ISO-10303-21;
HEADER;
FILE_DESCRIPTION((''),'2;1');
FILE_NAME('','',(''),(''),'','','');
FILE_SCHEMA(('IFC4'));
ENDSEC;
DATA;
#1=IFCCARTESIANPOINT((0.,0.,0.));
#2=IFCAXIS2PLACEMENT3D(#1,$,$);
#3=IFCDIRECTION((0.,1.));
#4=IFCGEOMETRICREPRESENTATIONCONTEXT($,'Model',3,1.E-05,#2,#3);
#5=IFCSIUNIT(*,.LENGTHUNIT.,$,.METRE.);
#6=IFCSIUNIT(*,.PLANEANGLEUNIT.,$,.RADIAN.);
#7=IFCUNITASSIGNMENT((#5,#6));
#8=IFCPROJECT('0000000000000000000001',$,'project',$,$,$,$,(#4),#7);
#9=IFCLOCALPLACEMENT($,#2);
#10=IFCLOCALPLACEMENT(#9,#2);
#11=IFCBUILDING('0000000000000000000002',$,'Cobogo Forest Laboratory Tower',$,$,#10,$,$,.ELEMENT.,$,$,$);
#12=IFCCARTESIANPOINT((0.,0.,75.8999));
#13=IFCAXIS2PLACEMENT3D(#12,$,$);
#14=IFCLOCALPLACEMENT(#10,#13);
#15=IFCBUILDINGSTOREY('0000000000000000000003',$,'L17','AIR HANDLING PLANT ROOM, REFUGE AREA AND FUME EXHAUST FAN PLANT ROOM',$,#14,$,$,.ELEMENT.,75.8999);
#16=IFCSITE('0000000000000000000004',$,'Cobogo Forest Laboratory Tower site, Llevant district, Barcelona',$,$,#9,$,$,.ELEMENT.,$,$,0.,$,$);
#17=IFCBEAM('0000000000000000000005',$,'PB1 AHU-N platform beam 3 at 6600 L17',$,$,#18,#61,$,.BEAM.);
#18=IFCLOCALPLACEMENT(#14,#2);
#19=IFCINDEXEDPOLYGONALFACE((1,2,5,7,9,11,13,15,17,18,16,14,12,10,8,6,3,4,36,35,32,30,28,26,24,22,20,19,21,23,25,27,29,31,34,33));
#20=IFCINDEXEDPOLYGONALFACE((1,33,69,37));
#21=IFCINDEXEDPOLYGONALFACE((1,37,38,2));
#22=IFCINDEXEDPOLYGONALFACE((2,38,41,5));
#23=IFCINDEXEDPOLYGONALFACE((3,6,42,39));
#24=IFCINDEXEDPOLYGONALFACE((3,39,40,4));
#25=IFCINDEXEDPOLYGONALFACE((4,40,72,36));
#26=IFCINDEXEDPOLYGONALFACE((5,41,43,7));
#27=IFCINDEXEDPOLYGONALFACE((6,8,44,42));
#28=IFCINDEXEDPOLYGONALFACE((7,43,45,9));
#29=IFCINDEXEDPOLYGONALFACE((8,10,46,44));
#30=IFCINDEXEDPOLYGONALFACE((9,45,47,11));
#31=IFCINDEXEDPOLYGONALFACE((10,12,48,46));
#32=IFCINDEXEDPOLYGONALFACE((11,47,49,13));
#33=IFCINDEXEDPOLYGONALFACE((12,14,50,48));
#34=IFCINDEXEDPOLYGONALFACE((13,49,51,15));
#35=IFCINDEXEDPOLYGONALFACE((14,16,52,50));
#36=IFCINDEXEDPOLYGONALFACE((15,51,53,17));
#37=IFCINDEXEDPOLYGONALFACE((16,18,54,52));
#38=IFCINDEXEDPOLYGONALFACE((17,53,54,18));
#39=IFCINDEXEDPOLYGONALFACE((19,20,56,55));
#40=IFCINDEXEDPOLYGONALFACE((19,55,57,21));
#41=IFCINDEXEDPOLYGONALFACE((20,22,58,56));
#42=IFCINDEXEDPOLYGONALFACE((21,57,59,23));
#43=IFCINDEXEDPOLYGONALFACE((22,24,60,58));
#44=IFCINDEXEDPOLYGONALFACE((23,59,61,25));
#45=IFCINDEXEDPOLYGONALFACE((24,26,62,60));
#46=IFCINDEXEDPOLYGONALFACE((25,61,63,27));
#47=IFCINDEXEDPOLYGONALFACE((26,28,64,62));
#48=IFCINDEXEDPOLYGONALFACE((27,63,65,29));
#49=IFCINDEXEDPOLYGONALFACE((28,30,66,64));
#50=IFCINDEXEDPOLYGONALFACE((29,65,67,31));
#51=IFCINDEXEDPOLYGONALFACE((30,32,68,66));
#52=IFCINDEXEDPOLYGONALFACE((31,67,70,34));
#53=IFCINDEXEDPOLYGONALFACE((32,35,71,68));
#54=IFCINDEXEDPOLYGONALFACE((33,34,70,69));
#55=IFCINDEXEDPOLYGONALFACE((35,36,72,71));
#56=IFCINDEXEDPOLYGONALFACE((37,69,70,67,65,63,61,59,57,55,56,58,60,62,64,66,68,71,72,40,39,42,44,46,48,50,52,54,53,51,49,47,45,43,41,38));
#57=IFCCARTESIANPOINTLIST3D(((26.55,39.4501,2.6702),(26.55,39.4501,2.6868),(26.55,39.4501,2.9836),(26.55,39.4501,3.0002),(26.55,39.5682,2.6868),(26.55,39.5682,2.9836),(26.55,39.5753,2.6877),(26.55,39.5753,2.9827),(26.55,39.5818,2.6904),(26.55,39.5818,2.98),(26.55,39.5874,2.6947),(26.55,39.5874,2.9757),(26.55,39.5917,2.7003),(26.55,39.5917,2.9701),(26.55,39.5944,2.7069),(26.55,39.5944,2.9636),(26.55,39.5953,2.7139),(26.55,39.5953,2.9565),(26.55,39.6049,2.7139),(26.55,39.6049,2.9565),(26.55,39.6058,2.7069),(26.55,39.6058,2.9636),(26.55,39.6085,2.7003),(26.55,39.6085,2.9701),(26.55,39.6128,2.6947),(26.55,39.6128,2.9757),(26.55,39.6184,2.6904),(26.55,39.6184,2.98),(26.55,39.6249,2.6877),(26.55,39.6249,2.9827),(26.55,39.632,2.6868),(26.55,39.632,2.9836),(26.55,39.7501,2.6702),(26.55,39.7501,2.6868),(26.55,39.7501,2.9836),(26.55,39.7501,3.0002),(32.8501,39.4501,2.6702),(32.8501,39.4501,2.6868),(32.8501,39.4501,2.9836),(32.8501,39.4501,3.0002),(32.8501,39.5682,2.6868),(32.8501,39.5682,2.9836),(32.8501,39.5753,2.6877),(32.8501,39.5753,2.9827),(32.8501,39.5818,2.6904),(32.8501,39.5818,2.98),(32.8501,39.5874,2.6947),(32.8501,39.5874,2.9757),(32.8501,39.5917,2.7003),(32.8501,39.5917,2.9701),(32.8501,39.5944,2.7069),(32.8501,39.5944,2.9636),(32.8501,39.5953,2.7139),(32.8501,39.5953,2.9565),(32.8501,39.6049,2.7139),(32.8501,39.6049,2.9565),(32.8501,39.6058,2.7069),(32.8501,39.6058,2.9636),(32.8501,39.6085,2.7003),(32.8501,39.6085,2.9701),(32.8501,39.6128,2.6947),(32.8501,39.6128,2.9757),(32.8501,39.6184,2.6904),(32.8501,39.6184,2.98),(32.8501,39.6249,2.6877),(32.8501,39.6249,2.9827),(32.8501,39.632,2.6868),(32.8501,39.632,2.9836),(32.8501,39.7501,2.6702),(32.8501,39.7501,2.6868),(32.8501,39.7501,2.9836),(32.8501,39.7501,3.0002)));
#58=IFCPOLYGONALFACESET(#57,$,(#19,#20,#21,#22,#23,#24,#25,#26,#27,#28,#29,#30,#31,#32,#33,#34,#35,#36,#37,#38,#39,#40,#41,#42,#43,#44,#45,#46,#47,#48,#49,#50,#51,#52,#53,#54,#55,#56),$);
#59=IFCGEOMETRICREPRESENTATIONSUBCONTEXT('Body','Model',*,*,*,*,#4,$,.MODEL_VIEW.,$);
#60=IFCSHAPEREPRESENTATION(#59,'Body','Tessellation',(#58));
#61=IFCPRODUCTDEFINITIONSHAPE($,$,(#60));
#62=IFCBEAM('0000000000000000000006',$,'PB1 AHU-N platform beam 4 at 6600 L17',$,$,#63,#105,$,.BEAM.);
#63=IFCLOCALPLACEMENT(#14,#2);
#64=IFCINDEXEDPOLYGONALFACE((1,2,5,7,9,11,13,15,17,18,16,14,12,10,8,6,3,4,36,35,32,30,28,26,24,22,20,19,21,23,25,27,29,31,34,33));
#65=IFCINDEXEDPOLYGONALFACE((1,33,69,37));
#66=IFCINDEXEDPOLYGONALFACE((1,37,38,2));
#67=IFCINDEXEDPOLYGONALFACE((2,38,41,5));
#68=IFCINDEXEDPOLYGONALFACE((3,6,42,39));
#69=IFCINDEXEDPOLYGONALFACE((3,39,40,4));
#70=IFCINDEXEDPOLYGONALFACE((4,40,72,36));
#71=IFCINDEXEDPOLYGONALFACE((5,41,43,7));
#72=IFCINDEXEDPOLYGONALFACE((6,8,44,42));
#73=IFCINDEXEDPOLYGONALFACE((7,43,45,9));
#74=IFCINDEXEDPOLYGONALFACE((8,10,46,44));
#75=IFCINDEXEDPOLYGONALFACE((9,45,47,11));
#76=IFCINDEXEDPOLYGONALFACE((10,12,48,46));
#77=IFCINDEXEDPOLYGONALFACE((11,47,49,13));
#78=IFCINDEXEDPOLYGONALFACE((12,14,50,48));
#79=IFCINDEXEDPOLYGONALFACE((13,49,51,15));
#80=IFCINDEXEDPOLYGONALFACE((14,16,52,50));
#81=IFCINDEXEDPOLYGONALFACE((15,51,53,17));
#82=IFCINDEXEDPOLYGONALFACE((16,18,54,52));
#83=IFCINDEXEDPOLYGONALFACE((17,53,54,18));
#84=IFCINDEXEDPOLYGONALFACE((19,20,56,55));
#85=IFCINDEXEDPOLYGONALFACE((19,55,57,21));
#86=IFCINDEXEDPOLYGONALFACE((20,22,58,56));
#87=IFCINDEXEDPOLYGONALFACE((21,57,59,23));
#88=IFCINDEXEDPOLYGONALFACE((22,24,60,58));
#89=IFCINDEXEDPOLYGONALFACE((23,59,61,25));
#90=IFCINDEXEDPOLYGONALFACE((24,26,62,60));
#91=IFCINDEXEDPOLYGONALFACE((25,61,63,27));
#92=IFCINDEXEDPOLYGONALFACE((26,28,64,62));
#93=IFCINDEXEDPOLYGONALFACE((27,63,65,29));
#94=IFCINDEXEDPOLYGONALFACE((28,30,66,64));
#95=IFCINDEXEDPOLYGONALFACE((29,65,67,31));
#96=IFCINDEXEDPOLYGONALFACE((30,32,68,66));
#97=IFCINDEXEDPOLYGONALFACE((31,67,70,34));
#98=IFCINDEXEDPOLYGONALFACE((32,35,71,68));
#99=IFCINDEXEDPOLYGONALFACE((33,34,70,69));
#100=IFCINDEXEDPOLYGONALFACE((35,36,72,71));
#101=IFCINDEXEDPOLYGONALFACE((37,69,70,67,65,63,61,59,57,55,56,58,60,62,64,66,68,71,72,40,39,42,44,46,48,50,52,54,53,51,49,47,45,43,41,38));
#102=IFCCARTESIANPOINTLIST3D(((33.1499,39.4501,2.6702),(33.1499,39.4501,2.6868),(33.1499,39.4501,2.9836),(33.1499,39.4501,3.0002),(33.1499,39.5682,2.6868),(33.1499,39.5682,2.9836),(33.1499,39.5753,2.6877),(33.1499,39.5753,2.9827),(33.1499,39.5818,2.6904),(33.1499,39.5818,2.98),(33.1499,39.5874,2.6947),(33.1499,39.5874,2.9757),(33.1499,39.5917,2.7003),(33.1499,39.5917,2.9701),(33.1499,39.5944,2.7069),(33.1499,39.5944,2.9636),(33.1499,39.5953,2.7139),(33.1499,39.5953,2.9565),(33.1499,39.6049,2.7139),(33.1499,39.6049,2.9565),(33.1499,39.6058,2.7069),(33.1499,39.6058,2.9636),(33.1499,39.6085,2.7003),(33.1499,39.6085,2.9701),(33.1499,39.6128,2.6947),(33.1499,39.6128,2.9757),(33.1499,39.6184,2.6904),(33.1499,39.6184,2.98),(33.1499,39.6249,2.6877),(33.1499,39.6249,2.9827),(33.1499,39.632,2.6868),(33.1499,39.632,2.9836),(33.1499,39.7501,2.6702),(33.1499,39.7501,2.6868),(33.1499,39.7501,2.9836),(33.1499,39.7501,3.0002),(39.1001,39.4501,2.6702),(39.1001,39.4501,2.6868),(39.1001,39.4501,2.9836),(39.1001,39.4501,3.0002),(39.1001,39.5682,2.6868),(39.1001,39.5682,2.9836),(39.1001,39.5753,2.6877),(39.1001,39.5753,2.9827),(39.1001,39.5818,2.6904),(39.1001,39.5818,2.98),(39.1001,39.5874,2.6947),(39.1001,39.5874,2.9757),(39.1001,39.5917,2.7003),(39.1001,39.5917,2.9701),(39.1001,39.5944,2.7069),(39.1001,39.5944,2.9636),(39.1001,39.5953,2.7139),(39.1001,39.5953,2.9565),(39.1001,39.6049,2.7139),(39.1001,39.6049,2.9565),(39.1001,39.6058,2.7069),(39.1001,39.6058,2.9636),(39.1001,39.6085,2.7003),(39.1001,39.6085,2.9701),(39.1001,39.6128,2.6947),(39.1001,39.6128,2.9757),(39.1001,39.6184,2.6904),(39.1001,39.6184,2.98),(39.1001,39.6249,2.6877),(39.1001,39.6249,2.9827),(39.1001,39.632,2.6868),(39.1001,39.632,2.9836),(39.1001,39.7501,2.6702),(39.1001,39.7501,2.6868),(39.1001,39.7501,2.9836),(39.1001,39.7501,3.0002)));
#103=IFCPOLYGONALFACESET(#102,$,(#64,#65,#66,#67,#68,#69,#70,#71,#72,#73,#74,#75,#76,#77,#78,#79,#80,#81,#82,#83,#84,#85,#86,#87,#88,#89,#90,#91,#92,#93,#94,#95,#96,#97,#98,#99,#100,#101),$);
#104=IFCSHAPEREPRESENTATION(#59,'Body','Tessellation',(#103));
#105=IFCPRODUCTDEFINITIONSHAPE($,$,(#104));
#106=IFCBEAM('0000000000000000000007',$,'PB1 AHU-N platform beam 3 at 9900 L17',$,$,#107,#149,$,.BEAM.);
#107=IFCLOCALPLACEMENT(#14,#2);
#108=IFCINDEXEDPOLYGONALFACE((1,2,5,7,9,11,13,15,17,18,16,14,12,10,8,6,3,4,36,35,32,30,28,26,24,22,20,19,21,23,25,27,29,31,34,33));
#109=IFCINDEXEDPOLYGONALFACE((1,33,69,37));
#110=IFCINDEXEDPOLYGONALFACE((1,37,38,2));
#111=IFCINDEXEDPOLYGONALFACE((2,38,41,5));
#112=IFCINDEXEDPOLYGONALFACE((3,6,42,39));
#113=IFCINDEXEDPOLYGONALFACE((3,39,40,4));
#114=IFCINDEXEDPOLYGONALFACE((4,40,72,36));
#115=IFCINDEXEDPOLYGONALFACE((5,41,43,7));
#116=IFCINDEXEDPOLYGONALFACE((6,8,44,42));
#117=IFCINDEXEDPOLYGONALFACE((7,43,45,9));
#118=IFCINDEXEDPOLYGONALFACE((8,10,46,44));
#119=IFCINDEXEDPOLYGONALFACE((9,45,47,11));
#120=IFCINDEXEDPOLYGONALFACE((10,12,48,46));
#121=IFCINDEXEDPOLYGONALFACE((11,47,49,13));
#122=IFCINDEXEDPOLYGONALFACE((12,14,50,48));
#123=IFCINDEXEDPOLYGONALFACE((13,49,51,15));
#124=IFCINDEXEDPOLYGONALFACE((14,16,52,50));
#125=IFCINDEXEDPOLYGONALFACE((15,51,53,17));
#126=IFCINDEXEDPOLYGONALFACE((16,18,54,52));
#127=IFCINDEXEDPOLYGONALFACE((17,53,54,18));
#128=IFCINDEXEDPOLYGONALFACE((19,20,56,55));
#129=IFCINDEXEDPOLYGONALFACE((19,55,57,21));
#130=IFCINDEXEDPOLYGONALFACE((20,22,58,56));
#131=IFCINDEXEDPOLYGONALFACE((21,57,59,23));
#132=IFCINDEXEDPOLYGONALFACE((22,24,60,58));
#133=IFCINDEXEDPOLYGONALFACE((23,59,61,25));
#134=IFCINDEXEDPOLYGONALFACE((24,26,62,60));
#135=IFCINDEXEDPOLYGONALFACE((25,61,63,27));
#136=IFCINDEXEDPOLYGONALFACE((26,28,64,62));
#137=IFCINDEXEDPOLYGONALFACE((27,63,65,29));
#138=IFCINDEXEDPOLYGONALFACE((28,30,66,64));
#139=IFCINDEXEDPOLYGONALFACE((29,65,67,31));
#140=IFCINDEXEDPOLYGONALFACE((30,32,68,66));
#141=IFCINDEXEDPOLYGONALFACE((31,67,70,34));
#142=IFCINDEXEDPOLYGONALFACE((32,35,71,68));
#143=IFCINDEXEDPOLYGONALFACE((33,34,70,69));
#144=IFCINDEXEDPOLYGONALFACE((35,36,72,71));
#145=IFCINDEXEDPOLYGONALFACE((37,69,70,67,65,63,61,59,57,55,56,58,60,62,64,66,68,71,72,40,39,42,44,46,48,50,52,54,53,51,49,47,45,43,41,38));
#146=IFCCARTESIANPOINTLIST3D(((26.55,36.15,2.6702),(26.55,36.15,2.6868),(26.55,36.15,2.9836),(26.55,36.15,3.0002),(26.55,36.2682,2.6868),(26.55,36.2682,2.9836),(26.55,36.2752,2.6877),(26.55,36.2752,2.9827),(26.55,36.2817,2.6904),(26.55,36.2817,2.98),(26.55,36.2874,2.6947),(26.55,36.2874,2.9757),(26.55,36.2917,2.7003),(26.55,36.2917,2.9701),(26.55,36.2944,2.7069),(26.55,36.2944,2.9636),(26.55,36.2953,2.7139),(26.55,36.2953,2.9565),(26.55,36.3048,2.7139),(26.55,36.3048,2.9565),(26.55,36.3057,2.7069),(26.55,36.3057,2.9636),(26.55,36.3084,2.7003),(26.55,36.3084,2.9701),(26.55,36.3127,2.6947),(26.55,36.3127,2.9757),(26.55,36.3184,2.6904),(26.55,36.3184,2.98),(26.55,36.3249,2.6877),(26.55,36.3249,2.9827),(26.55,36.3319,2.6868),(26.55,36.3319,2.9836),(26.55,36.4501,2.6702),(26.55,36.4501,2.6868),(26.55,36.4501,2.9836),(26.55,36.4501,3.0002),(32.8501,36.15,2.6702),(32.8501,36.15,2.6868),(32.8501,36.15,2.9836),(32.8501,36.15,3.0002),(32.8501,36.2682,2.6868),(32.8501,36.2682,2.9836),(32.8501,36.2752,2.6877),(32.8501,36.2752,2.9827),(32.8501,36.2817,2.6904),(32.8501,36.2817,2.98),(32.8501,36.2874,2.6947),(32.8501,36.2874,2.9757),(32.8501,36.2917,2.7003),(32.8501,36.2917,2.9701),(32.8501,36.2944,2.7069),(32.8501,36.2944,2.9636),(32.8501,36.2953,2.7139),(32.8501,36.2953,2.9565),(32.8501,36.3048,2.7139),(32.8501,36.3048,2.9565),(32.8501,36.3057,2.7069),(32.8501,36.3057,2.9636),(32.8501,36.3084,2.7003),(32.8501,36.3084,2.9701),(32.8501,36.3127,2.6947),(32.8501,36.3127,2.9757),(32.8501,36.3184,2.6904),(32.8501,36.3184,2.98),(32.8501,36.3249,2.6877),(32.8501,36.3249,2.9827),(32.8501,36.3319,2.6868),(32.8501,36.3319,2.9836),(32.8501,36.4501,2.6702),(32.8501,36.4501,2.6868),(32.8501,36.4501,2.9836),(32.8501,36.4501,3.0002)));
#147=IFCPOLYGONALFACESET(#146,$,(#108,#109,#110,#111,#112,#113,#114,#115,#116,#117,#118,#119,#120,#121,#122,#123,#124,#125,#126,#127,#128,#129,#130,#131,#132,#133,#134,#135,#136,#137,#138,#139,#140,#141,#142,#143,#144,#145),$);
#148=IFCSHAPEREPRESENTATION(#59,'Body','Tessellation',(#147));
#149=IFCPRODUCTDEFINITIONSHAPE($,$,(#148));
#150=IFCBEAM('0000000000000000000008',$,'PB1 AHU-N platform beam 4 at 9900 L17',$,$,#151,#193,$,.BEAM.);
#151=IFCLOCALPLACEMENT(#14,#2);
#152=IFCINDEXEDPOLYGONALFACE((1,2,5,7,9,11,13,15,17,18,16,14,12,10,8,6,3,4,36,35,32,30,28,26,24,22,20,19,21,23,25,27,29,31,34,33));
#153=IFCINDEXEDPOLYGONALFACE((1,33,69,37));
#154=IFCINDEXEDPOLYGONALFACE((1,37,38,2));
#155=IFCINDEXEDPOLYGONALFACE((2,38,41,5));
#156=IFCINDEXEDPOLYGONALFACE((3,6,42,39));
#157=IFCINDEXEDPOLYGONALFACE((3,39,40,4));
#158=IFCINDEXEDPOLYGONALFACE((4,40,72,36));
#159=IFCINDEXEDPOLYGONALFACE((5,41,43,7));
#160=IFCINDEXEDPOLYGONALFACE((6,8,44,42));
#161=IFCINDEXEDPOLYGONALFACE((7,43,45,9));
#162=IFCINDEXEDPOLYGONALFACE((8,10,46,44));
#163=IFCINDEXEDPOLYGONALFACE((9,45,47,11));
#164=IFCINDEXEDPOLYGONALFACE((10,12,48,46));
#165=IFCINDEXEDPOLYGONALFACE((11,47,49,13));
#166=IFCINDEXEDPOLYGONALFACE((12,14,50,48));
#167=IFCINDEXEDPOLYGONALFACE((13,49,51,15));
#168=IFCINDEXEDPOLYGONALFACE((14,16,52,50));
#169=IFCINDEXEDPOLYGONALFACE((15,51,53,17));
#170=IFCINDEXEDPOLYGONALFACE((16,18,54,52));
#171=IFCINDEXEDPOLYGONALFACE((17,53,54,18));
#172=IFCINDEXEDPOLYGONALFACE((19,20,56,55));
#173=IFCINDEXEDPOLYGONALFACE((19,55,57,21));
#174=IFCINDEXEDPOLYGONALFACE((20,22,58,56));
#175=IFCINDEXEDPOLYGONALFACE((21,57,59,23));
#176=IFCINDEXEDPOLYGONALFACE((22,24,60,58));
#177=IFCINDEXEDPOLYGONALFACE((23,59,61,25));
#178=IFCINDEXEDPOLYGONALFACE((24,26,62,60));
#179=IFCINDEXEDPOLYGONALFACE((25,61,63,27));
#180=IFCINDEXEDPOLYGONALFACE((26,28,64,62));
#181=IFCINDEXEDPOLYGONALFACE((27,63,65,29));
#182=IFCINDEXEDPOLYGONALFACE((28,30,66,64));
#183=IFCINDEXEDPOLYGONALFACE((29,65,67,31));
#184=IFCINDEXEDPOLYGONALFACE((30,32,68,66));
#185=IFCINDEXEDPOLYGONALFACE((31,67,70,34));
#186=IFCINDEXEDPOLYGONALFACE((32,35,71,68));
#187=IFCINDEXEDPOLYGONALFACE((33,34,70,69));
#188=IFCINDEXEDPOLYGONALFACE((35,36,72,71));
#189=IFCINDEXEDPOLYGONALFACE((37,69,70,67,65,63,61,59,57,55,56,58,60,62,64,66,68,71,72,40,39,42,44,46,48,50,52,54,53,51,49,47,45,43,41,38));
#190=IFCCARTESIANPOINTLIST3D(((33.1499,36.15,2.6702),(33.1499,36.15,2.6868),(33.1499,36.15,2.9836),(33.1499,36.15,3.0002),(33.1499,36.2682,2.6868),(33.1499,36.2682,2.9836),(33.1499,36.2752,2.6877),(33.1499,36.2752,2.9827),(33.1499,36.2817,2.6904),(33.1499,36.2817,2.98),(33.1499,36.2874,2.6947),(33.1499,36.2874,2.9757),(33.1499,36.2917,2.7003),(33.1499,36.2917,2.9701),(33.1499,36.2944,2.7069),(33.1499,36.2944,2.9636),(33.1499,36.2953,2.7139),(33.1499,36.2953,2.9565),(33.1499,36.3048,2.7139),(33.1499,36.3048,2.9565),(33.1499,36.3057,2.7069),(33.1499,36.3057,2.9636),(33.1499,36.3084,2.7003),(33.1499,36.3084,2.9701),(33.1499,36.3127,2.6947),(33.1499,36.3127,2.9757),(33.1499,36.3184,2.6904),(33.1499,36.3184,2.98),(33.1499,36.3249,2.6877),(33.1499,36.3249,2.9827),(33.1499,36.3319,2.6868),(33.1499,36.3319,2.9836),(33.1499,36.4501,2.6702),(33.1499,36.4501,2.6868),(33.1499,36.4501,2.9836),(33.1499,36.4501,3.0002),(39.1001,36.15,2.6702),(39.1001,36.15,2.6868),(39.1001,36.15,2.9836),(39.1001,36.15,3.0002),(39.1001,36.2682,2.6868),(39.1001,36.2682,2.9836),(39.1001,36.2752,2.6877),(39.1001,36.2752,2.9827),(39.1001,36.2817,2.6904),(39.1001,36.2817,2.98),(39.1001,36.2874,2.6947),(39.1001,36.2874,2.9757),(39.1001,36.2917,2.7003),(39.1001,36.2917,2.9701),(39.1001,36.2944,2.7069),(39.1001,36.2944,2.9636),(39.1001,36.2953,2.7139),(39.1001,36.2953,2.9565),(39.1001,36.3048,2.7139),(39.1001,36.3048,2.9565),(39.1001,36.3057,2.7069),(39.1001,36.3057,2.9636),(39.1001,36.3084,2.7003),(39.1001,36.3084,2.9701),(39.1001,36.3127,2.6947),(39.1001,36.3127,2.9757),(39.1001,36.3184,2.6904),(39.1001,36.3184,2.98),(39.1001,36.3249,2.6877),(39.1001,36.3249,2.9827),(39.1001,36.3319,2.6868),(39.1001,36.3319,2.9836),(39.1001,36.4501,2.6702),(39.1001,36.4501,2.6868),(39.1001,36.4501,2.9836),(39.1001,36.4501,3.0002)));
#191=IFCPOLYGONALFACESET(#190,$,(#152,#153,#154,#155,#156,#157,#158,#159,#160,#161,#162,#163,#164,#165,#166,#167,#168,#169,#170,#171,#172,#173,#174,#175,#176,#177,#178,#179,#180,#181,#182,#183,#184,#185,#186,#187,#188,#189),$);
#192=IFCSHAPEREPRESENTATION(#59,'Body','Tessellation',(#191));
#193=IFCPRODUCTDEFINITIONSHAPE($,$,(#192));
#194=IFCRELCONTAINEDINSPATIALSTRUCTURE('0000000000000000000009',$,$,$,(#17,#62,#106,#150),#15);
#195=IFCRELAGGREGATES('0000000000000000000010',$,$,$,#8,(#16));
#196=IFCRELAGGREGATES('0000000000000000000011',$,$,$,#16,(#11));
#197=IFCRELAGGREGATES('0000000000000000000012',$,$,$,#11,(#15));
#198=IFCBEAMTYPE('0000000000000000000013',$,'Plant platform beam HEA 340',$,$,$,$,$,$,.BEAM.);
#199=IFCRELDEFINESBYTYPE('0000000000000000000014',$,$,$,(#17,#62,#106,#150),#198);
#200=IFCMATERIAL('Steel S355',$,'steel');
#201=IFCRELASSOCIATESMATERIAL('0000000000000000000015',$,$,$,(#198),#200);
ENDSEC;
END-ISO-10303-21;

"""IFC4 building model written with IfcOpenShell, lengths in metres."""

from ifc_helpers import new_model, si_unit, direction, frame, origin, origin_2d, place, context, subcontext, project, spatial, i_section, extrude, material, material_profile, profile_set, type_object, element, save


model = new_model("IFC4")

# Units and contexts
model_context = context("Model", 3, precision=1e-05, world=origin(), true_north=direction((0.0, 1.0)))
body_context = subcontext(model_context, "Body", "Model", "MODEL_VIEW")
ifc_project = project(units=[si_unit("LENGTHUNIT", "METRE"), si_unit("PLANEANGLEUNIT", "RADIAN")], contexts=[model_context])

# Site, building, storey
site_placement = place(None, origin())
site = spatial("IfcSite", under=ifc_project, at=site_placement, Name="Cobogo Forest Laboratory Tower site, Llevant district, Barcelona", CompositionType="ELEMENT", RefElevation=0.0)
building_placement = place(site_placement, origin())
building = spatial("IfcBuilding", under=site, at=building_placement, Name="Cobogo Forest Laboratory Tower", CompositionType="ELEMENT")
storey_placement = place(building_placement, frame((0.0, 0.0, 75.8999)))
storey = spatial("IfcBuildingStorey", under=building, at=storey_placement, Name="L17", Description="AIR HANDLING PLANT ROOM, REFUGE AREA AND FUME EXHAUST FAN PLANT ROOM", CompositionType="ELEMENT", Elevation=75.8999)

# Beams
ifc_material = material(Name="Steel S355", Category="steel")
ifc_material_profile_1 = material_profile(ifc_material, i_section(OverallWidth=0.3, OverallDepth=0.3301, WebThickness=0.0095, FlangeThickness=0.0166, FilletRadius=0.0271, at=origin_2d()), Name="HEA 340")
ifc_profile_set_1 = profile_set([ifc_material_profile_1], Name="Steel S355")
beam_type_1 = type_object("IfcBeamType", Name="Plant platform beam HEA 340", PredefinedType="BEAM", material=ifc_profile_set_1)
beam_1_placement = place(storey_placement, frame((26.55, 39.6001, 2.8352), z_axis=(1.0, 0.0, 0.0), x_axis=(0.0, 1.0, 0.0)))
element("IfcBeam", 1, at=beam_1_placement, inside=storey, type_object=beam_type_1, Name="PB1 AHU-N platform beam 3 at 6600 L17", PredefinedType="BEAM", context=body_context, shape_type="SweptSolid", body=[
    extrude(i_section(OverallWidth=0.3, OverallDepth=0.3301, WebThickness=0.0095, FlangeThickness=0.0166, FilletRadius=0.0271, at=origin_2d()), origin(), (0.0, 0.0, 1.0), 6.3),
])
beam_2_placement = place(storey_placement, frame((33.1499, 39.6001, 2.8352), z_axis=(1.0, 0.0, 0.0), x_axis=(0.0, 1.0, 0.0)))
element("IfcBeam", 2, at=beam_2_placement, inside=storey, type_object=beam_type_1, Name="PB1 AHU-N platform beam 4 at 6600 L17", PredefinedType="BEAM", context=body_context, shape_type="SweptSolid", body=[
    extrude(i_section(OverallWidth=0.3, OverallDepth=0.3301, WebThickness=0.0095, FlangeThickness=0.0166, FilletRadius=0.0271, at=origin_2d()), origin(), (0.0, 0.0, 1.0), 5.9502),
])
beam_3_placement = place(storey_placement, frame((26.55, 36.3, 2.8352), z_axis=(1.0, 0.0, 0.0), x_axis=(0.0, 1.0, 0.0)))
element("IfcBeam", 3, at=beam_3_placement, inside=storey, type_object=beam_type_1, Name="PB1 AHU-N platform beam 3 at 9900 L17", PredefinedType="BEAM", context=body_context, shape_type="SweptSolid", body=[
    extrude(i_section(OverallWidth=0.3, OverallDepth=0.3301, WebThickness=0.0095, FlangeThickness=0.0166, FilletRadius=0.0271, at=origin_2d()), origin(), (0.0, 0.0, 1.0), 6.3),
])
beam_4_placement = place(storey_placement, frame((33.1499, 36.3, 2.8352), z_axis=(1.0, 0.0, 0.0), x_axis=(0.0, 1.0, 0.0)))
element("IfcBeam", 4, at=beam_4_placement, inside=storey, type_object=beam_type_1, Name="PB1 AHU-N platform beam 4 at 9900 L17", PredefinedType="BEAM", context=body_context, shape_type="SweptSolid", body=[
    extrude(i_section(OverallWidth=0.3, OverallDepth=0.3301, WebThickness=0.0095, FlangeThickness=0.0166, FilletRadius=0.0271, at=origin_2d()), origin(), (0.0, 0.0, 1.0), 5.9502),
])

save(model, "model.ifc")
